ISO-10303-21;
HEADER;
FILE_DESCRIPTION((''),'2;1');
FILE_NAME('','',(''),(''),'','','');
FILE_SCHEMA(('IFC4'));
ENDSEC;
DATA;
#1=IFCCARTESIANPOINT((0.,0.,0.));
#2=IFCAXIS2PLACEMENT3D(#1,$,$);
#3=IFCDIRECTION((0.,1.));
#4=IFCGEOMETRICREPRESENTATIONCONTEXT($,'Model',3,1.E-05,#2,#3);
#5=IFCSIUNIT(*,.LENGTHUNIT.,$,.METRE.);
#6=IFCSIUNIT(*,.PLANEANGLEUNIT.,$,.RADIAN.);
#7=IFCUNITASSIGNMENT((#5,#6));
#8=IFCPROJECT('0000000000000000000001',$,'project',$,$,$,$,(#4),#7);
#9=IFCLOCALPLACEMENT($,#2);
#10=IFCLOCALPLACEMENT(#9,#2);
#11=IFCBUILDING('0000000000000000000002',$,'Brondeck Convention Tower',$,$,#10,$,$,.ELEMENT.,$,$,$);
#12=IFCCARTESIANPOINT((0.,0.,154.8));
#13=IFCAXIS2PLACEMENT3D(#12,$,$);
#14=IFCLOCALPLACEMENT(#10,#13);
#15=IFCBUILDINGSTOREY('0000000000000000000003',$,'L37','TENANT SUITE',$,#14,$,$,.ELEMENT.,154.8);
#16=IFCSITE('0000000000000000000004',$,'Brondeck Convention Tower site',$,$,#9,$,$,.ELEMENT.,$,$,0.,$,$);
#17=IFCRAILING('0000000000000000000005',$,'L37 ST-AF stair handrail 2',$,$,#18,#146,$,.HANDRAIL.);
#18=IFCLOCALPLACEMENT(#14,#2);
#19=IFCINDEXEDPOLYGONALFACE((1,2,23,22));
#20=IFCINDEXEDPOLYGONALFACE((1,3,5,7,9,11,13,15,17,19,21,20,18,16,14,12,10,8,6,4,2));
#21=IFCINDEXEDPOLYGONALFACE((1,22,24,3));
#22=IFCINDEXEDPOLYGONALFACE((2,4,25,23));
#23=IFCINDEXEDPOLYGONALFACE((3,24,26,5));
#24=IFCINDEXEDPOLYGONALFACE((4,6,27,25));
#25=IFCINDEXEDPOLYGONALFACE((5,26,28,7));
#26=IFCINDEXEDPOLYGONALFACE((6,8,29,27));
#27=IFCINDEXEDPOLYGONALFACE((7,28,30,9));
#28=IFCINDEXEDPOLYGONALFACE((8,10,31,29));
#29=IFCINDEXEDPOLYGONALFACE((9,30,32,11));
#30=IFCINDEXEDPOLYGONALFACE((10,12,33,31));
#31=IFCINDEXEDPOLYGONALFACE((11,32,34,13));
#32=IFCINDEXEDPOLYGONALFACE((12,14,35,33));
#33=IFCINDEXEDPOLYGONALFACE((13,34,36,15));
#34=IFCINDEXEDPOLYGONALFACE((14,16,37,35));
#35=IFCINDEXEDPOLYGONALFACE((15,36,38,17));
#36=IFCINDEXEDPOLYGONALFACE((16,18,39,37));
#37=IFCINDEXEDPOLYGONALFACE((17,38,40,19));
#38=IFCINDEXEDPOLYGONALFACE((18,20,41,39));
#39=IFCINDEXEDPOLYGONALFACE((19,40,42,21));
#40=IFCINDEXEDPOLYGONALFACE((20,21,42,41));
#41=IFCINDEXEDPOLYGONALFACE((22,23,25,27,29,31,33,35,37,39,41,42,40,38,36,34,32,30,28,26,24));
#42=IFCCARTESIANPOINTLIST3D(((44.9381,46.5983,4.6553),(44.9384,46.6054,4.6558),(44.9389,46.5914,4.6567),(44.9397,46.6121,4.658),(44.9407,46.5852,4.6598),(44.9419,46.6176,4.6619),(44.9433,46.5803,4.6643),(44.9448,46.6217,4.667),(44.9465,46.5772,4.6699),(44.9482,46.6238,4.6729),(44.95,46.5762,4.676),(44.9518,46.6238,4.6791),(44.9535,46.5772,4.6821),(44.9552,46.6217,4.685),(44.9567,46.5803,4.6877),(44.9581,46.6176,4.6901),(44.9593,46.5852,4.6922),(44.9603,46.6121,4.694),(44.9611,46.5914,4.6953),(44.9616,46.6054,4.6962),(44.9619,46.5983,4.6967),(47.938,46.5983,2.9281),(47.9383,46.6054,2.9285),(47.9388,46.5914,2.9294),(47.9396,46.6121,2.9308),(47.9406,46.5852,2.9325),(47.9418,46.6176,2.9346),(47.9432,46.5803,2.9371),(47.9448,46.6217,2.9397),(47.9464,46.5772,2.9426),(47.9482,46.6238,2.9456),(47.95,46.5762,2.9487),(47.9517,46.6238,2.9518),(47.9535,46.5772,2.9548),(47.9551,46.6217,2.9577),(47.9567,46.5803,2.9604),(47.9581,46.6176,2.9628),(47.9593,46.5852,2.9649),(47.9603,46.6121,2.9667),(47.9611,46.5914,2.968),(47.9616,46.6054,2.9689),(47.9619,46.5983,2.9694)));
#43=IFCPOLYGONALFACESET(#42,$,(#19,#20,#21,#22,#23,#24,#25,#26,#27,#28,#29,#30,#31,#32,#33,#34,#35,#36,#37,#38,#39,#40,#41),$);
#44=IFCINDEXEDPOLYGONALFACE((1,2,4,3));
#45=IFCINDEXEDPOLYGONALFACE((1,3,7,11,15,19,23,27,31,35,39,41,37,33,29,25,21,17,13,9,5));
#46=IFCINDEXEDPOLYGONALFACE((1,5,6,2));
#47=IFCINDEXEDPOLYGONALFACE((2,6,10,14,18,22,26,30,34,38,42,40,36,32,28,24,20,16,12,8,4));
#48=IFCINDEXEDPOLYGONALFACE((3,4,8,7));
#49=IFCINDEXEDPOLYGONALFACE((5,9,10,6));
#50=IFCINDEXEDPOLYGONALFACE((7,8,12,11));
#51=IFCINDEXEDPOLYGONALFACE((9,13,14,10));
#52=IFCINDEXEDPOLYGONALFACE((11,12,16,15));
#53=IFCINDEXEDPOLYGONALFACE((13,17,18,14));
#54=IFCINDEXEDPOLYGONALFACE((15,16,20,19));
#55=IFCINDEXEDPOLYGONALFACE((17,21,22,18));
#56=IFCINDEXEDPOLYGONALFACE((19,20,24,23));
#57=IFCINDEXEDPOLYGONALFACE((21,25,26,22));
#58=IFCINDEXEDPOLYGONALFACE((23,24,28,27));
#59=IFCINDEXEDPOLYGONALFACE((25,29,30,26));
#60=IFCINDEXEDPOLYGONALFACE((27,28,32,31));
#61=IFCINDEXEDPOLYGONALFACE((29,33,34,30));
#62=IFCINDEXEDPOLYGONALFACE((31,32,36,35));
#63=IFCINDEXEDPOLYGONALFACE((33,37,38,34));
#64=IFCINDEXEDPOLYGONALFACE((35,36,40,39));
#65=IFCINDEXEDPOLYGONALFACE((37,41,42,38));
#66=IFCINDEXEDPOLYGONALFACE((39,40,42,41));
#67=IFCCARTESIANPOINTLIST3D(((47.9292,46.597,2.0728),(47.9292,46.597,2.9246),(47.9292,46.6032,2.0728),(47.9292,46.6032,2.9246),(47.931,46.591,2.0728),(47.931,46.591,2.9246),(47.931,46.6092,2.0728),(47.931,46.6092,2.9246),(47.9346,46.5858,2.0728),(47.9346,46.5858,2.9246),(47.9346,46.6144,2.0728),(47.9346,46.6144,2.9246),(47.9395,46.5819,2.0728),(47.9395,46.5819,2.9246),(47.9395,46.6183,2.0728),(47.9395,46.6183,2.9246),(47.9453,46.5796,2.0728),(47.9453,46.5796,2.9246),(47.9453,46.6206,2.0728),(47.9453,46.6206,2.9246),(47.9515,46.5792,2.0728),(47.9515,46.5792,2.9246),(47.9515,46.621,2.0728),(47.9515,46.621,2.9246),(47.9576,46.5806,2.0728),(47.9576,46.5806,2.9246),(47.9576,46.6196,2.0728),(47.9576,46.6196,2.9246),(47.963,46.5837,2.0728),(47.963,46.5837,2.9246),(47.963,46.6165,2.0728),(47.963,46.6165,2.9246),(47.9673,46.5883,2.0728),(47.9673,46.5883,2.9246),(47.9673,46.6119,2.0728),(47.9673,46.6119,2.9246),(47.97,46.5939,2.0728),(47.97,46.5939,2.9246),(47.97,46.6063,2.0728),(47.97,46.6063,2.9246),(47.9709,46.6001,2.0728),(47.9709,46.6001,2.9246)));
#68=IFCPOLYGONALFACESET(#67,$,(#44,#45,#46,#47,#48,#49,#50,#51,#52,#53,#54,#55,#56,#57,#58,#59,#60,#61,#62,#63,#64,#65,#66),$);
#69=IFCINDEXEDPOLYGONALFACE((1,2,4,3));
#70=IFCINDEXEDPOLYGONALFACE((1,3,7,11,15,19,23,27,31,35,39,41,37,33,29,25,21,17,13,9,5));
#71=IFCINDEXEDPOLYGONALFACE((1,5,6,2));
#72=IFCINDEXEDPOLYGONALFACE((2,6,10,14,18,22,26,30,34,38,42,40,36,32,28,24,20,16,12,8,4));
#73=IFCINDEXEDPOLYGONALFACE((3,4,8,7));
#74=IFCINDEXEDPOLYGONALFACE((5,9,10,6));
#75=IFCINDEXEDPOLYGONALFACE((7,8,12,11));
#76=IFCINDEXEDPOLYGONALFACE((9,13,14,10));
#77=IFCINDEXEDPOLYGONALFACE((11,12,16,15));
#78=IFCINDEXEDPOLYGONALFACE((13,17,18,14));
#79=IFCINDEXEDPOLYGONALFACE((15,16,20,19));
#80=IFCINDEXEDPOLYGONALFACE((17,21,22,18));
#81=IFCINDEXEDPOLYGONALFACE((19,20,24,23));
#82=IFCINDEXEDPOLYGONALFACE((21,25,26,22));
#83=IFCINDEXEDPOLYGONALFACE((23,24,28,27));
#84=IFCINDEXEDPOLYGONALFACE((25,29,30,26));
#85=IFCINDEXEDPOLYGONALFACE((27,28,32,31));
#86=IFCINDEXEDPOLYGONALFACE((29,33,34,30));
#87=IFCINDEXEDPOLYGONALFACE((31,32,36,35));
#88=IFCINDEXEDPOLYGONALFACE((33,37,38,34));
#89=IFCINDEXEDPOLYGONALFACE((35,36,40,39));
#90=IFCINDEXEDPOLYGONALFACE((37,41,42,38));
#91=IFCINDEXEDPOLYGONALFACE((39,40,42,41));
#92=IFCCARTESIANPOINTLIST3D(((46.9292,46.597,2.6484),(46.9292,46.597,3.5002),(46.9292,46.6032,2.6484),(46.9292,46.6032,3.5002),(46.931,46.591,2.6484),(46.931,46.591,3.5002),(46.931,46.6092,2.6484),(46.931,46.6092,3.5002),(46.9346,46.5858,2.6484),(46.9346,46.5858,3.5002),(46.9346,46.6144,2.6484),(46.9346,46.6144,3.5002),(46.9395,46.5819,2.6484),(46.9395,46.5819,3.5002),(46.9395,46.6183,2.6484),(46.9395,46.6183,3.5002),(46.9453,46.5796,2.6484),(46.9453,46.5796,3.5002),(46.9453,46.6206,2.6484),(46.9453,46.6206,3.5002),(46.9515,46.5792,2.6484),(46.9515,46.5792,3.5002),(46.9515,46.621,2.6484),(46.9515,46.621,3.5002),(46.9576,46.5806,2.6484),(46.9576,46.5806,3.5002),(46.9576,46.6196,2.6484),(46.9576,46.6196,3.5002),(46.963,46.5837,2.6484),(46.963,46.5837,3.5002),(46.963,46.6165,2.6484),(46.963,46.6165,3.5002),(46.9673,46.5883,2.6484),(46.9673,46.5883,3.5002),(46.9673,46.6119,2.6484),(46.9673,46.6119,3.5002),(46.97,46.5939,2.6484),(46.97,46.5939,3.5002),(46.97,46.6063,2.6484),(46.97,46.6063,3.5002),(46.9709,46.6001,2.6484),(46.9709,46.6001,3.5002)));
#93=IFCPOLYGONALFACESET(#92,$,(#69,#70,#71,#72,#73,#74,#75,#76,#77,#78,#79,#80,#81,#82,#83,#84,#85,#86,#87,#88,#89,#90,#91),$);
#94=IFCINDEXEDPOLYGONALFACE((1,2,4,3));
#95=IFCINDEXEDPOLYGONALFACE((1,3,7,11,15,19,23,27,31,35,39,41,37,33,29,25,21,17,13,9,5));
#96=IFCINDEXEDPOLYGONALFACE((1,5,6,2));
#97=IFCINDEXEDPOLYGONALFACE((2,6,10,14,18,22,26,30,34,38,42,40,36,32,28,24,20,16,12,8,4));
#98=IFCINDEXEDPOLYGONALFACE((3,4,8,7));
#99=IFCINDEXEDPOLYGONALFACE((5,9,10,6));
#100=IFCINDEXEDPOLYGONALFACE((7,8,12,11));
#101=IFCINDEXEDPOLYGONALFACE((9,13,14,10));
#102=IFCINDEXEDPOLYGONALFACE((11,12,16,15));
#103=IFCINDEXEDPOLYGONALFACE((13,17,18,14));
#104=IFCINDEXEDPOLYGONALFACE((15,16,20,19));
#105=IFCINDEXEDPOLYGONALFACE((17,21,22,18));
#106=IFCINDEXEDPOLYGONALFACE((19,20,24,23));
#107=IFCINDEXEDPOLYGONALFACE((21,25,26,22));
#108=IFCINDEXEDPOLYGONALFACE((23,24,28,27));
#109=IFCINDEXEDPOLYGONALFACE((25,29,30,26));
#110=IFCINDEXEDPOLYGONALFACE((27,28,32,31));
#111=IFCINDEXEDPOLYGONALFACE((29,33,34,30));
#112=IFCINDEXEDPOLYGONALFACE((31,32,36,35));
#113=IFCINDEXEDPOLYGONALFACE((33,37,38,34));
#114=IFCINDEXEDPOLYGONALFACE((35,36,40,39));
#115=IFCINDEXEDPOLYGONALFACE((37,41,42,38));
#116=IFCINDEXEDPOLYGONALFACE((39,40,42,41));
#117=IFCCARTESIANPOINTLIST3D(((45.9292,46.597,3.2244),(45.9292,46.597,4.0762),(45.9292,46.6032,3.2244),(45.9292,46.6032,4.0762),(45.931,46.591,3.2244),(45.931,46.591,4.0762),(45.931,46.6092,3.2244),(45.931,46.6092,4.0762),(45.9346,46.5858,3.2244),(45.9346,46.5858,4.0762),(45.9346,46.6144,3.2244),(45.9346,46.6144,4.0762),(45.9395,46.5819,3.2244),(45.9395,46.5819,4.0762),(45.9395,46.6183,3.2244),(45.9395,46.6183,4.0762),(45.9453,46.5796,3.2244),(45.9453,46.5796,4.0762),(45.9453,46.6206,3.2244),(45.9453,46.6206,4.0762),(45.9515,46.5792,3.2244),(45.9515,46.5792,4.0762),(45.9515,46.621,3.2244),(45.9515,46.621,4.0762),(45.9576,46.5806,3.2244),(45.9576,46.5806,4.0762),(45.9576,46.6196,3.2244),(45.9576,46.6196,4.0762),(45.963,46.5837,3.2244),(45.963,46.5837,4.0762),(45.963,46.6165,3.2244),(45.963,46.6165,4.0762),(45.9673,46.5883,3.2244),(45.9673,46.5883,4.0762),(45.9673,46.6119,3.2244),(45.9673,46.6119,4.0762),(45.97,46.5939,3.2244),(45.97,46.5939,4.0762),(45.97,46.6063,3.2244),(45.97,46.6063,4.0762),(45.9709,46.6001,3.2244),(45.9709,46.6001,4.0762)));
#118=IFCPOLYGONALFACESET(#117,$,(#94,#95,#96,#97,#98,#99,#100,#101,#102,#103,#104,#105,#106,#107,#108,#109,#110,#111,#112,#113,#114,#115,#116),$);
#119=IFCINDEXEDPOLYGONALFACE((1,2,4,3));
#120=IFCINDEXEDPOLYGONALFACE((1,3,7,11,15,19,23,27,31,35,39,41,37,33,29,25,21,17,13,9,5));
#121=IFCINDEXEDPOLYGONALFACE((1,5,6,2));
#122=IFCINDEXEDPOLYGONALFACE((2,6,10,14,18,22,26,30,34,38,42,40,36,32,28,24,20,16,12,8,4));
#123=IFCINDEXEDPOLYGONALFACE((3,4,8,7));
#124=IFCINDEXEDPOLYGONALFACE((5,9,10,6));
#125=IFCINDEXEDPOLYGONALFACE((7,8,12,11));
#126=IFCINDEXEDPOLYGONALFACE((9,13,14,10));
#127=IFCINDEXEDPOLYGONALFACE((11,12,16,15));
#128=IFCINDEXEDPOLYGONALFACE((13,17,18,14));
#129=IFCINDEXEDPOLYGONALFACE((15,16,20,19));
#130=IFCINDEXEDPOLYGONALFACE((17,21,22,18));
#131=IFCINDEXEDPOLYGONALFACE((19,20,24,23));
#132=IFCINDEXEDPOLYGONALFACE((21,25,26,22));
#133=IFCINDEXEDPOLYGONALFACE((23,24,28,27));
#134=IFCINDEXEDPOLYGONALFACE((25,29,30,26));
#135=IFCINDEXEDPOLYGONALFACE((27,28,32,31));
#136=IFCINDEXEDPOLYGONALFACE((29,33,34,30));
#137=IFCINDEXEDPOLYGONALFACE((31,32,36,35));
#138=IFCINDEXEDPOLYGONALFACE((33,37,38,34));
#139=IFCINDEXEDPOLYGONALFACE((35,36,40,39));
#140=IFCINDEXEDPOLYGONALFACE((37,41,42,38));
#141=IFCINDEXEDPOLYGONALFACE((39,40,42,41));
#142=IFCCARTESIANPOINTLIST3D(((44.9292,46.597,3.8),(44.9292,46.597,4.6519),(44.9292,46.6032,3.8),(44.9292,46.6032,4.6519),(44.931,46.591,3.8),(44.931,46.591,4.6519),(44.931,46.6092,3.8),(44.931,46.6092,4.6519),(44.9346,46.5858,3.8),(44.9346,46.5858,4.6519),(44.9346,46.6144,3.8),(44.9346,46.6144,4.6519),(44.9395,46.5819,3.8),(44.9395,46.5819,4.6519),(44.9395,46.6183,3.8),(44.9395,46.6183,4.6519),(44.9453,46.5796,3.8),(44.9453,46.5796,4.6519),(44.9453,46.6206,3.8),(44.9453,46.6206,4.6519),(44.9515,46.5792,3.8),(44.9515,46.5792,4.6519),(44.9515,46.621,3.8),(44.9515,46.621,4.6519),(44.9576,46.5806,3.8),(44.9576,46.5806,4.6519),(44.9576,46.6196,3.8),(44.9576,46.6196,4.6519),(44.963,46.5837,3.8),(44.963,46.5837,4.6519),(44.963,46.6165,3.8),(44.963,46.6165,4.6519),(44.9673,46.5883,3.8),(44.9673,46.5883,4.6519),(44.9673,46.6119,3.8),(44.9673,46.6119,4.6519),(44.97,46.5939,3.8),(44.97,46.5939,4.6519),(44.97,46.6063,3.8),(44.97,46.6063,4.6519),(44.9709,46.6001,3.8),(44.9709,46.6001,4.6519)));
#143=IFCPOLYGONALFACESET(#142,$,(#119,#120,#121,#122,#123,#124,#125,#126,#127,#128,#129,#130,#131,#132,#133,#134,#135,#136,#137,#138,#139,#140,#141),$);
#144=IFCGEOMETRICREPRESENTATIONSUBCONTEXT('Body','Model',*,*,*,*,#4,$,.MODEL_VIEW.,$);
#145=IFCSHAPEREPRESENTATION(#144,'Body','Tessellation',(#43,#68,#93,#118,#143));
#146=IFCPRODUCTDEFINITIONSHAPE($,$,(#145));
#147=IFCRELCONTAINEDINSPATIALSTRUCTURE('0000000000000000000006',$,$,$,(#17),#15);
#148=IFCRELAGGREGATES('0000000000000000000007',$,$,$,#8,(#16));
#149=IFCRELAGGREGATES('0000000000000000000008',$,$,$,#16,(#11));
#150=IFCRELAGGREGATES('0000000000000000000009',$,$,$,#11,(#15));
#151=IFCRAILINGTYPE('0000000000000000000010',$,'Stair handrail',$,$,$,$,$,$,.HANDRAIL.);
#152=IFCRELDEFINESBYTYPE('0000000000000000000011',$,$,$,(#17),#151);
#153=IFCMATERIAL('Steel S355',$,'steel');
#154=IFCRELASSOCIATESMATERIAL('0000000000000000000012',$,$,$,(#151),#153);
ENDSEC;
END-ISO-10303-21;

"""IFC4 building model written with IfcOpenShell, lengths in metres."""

from ifc_helpers import new_model, si_unit, direction, frame, origin, origin_2d, place, context, subcontext, project, spatial, circle, extrude, material, type_object, element, save


model = new_model("IFC4")

# Units and contexts
model_context = context("Model", 3, precision=1e-05, world=origin(), true_north=direction((0.0, 1.0)))
body_context = subcontext(model_context, "Body", "Model", "MODEL_VIEW")
ifc_project = project(units=[si_unit("LENGTHUNIT", "METRE"), si_unit("PLANEANGLEUNIT", "RADIAN")], contexts=[model_context])

# Site, building, storey
site_placement = place(None, origin())
site = spatial("IfcSite", under=ifc_project, at=site_placement, Name="Brondeck Convention Tower site", CompositionType="ELEMENT", RefElevation=0.0)
building_placement = place(site_placement, origin())
building = spatial("IfcBuilding", under=site, at=building_placement, Name="Brondeck Convention Tower", CompositionType="ELEMENT")
storey_placement = place(building_placement, frame((0.0, 0.0, 154.8)))
storey = spatial("IfcBuildingStorey", under=building, at=storey_placement, Name="L37", Description="TENANT SUITE", CompositionType="ELEMENT", Elevation=154.8)

# Shared definitions
ifc_material_1 = material(Name="Steel S355", Category="steel")

# Railing
railing_type = type_object("IfcRailingType", Name="Stair handrail", PredefinedType="HANDRAIL", material=ifc_material_1)
for number, where, name in (
    (1, (47.95, 46.6001, 2.0728), "L37 ST-AF stair handrail 2"),
):
    element("IfcRailing", number, at=place(storey_placement, frame(where)), inside=storey, type_object=railing_type, Name=name, PredefinedType="HANDRAIL", context=body_context, shape_type="SweptSolid", body=[
        extrude(circle(Radius=0.0239, at=origin_2d()), frame((0.0, 0.0, 0.876), z_axis=(-0.86662, 0.0, 0.498969), x_axis=(0.0, -1.0, 0.0)), (0.0, 0.0, 1.0), 3.4617),
        extrude(circle(Radius=0.021, at=origin_2d()), origin(), (0.0, 0.0, 1.0), 0.8518),
        extrude(circle(Radius=0.021, at=origin_2d()), frame((-1.0, 0.0, 0.5757)), (0.0, 0.0, 1.0), 0.8518),
        extrude(circle(Radius=0.021, at=origin_2d()), frame((-2.0, 0.0, 1.1516)), (0.0, 0.0, 1.0), 0.8518),
        extrude(circle(Radius=0.021, at=origin_2d()), frame((-3.0, 0.0, 1.7273)), (0.0, 0.0, 1.0), 0.8518),
    ])

save(model, "model.ifc")
